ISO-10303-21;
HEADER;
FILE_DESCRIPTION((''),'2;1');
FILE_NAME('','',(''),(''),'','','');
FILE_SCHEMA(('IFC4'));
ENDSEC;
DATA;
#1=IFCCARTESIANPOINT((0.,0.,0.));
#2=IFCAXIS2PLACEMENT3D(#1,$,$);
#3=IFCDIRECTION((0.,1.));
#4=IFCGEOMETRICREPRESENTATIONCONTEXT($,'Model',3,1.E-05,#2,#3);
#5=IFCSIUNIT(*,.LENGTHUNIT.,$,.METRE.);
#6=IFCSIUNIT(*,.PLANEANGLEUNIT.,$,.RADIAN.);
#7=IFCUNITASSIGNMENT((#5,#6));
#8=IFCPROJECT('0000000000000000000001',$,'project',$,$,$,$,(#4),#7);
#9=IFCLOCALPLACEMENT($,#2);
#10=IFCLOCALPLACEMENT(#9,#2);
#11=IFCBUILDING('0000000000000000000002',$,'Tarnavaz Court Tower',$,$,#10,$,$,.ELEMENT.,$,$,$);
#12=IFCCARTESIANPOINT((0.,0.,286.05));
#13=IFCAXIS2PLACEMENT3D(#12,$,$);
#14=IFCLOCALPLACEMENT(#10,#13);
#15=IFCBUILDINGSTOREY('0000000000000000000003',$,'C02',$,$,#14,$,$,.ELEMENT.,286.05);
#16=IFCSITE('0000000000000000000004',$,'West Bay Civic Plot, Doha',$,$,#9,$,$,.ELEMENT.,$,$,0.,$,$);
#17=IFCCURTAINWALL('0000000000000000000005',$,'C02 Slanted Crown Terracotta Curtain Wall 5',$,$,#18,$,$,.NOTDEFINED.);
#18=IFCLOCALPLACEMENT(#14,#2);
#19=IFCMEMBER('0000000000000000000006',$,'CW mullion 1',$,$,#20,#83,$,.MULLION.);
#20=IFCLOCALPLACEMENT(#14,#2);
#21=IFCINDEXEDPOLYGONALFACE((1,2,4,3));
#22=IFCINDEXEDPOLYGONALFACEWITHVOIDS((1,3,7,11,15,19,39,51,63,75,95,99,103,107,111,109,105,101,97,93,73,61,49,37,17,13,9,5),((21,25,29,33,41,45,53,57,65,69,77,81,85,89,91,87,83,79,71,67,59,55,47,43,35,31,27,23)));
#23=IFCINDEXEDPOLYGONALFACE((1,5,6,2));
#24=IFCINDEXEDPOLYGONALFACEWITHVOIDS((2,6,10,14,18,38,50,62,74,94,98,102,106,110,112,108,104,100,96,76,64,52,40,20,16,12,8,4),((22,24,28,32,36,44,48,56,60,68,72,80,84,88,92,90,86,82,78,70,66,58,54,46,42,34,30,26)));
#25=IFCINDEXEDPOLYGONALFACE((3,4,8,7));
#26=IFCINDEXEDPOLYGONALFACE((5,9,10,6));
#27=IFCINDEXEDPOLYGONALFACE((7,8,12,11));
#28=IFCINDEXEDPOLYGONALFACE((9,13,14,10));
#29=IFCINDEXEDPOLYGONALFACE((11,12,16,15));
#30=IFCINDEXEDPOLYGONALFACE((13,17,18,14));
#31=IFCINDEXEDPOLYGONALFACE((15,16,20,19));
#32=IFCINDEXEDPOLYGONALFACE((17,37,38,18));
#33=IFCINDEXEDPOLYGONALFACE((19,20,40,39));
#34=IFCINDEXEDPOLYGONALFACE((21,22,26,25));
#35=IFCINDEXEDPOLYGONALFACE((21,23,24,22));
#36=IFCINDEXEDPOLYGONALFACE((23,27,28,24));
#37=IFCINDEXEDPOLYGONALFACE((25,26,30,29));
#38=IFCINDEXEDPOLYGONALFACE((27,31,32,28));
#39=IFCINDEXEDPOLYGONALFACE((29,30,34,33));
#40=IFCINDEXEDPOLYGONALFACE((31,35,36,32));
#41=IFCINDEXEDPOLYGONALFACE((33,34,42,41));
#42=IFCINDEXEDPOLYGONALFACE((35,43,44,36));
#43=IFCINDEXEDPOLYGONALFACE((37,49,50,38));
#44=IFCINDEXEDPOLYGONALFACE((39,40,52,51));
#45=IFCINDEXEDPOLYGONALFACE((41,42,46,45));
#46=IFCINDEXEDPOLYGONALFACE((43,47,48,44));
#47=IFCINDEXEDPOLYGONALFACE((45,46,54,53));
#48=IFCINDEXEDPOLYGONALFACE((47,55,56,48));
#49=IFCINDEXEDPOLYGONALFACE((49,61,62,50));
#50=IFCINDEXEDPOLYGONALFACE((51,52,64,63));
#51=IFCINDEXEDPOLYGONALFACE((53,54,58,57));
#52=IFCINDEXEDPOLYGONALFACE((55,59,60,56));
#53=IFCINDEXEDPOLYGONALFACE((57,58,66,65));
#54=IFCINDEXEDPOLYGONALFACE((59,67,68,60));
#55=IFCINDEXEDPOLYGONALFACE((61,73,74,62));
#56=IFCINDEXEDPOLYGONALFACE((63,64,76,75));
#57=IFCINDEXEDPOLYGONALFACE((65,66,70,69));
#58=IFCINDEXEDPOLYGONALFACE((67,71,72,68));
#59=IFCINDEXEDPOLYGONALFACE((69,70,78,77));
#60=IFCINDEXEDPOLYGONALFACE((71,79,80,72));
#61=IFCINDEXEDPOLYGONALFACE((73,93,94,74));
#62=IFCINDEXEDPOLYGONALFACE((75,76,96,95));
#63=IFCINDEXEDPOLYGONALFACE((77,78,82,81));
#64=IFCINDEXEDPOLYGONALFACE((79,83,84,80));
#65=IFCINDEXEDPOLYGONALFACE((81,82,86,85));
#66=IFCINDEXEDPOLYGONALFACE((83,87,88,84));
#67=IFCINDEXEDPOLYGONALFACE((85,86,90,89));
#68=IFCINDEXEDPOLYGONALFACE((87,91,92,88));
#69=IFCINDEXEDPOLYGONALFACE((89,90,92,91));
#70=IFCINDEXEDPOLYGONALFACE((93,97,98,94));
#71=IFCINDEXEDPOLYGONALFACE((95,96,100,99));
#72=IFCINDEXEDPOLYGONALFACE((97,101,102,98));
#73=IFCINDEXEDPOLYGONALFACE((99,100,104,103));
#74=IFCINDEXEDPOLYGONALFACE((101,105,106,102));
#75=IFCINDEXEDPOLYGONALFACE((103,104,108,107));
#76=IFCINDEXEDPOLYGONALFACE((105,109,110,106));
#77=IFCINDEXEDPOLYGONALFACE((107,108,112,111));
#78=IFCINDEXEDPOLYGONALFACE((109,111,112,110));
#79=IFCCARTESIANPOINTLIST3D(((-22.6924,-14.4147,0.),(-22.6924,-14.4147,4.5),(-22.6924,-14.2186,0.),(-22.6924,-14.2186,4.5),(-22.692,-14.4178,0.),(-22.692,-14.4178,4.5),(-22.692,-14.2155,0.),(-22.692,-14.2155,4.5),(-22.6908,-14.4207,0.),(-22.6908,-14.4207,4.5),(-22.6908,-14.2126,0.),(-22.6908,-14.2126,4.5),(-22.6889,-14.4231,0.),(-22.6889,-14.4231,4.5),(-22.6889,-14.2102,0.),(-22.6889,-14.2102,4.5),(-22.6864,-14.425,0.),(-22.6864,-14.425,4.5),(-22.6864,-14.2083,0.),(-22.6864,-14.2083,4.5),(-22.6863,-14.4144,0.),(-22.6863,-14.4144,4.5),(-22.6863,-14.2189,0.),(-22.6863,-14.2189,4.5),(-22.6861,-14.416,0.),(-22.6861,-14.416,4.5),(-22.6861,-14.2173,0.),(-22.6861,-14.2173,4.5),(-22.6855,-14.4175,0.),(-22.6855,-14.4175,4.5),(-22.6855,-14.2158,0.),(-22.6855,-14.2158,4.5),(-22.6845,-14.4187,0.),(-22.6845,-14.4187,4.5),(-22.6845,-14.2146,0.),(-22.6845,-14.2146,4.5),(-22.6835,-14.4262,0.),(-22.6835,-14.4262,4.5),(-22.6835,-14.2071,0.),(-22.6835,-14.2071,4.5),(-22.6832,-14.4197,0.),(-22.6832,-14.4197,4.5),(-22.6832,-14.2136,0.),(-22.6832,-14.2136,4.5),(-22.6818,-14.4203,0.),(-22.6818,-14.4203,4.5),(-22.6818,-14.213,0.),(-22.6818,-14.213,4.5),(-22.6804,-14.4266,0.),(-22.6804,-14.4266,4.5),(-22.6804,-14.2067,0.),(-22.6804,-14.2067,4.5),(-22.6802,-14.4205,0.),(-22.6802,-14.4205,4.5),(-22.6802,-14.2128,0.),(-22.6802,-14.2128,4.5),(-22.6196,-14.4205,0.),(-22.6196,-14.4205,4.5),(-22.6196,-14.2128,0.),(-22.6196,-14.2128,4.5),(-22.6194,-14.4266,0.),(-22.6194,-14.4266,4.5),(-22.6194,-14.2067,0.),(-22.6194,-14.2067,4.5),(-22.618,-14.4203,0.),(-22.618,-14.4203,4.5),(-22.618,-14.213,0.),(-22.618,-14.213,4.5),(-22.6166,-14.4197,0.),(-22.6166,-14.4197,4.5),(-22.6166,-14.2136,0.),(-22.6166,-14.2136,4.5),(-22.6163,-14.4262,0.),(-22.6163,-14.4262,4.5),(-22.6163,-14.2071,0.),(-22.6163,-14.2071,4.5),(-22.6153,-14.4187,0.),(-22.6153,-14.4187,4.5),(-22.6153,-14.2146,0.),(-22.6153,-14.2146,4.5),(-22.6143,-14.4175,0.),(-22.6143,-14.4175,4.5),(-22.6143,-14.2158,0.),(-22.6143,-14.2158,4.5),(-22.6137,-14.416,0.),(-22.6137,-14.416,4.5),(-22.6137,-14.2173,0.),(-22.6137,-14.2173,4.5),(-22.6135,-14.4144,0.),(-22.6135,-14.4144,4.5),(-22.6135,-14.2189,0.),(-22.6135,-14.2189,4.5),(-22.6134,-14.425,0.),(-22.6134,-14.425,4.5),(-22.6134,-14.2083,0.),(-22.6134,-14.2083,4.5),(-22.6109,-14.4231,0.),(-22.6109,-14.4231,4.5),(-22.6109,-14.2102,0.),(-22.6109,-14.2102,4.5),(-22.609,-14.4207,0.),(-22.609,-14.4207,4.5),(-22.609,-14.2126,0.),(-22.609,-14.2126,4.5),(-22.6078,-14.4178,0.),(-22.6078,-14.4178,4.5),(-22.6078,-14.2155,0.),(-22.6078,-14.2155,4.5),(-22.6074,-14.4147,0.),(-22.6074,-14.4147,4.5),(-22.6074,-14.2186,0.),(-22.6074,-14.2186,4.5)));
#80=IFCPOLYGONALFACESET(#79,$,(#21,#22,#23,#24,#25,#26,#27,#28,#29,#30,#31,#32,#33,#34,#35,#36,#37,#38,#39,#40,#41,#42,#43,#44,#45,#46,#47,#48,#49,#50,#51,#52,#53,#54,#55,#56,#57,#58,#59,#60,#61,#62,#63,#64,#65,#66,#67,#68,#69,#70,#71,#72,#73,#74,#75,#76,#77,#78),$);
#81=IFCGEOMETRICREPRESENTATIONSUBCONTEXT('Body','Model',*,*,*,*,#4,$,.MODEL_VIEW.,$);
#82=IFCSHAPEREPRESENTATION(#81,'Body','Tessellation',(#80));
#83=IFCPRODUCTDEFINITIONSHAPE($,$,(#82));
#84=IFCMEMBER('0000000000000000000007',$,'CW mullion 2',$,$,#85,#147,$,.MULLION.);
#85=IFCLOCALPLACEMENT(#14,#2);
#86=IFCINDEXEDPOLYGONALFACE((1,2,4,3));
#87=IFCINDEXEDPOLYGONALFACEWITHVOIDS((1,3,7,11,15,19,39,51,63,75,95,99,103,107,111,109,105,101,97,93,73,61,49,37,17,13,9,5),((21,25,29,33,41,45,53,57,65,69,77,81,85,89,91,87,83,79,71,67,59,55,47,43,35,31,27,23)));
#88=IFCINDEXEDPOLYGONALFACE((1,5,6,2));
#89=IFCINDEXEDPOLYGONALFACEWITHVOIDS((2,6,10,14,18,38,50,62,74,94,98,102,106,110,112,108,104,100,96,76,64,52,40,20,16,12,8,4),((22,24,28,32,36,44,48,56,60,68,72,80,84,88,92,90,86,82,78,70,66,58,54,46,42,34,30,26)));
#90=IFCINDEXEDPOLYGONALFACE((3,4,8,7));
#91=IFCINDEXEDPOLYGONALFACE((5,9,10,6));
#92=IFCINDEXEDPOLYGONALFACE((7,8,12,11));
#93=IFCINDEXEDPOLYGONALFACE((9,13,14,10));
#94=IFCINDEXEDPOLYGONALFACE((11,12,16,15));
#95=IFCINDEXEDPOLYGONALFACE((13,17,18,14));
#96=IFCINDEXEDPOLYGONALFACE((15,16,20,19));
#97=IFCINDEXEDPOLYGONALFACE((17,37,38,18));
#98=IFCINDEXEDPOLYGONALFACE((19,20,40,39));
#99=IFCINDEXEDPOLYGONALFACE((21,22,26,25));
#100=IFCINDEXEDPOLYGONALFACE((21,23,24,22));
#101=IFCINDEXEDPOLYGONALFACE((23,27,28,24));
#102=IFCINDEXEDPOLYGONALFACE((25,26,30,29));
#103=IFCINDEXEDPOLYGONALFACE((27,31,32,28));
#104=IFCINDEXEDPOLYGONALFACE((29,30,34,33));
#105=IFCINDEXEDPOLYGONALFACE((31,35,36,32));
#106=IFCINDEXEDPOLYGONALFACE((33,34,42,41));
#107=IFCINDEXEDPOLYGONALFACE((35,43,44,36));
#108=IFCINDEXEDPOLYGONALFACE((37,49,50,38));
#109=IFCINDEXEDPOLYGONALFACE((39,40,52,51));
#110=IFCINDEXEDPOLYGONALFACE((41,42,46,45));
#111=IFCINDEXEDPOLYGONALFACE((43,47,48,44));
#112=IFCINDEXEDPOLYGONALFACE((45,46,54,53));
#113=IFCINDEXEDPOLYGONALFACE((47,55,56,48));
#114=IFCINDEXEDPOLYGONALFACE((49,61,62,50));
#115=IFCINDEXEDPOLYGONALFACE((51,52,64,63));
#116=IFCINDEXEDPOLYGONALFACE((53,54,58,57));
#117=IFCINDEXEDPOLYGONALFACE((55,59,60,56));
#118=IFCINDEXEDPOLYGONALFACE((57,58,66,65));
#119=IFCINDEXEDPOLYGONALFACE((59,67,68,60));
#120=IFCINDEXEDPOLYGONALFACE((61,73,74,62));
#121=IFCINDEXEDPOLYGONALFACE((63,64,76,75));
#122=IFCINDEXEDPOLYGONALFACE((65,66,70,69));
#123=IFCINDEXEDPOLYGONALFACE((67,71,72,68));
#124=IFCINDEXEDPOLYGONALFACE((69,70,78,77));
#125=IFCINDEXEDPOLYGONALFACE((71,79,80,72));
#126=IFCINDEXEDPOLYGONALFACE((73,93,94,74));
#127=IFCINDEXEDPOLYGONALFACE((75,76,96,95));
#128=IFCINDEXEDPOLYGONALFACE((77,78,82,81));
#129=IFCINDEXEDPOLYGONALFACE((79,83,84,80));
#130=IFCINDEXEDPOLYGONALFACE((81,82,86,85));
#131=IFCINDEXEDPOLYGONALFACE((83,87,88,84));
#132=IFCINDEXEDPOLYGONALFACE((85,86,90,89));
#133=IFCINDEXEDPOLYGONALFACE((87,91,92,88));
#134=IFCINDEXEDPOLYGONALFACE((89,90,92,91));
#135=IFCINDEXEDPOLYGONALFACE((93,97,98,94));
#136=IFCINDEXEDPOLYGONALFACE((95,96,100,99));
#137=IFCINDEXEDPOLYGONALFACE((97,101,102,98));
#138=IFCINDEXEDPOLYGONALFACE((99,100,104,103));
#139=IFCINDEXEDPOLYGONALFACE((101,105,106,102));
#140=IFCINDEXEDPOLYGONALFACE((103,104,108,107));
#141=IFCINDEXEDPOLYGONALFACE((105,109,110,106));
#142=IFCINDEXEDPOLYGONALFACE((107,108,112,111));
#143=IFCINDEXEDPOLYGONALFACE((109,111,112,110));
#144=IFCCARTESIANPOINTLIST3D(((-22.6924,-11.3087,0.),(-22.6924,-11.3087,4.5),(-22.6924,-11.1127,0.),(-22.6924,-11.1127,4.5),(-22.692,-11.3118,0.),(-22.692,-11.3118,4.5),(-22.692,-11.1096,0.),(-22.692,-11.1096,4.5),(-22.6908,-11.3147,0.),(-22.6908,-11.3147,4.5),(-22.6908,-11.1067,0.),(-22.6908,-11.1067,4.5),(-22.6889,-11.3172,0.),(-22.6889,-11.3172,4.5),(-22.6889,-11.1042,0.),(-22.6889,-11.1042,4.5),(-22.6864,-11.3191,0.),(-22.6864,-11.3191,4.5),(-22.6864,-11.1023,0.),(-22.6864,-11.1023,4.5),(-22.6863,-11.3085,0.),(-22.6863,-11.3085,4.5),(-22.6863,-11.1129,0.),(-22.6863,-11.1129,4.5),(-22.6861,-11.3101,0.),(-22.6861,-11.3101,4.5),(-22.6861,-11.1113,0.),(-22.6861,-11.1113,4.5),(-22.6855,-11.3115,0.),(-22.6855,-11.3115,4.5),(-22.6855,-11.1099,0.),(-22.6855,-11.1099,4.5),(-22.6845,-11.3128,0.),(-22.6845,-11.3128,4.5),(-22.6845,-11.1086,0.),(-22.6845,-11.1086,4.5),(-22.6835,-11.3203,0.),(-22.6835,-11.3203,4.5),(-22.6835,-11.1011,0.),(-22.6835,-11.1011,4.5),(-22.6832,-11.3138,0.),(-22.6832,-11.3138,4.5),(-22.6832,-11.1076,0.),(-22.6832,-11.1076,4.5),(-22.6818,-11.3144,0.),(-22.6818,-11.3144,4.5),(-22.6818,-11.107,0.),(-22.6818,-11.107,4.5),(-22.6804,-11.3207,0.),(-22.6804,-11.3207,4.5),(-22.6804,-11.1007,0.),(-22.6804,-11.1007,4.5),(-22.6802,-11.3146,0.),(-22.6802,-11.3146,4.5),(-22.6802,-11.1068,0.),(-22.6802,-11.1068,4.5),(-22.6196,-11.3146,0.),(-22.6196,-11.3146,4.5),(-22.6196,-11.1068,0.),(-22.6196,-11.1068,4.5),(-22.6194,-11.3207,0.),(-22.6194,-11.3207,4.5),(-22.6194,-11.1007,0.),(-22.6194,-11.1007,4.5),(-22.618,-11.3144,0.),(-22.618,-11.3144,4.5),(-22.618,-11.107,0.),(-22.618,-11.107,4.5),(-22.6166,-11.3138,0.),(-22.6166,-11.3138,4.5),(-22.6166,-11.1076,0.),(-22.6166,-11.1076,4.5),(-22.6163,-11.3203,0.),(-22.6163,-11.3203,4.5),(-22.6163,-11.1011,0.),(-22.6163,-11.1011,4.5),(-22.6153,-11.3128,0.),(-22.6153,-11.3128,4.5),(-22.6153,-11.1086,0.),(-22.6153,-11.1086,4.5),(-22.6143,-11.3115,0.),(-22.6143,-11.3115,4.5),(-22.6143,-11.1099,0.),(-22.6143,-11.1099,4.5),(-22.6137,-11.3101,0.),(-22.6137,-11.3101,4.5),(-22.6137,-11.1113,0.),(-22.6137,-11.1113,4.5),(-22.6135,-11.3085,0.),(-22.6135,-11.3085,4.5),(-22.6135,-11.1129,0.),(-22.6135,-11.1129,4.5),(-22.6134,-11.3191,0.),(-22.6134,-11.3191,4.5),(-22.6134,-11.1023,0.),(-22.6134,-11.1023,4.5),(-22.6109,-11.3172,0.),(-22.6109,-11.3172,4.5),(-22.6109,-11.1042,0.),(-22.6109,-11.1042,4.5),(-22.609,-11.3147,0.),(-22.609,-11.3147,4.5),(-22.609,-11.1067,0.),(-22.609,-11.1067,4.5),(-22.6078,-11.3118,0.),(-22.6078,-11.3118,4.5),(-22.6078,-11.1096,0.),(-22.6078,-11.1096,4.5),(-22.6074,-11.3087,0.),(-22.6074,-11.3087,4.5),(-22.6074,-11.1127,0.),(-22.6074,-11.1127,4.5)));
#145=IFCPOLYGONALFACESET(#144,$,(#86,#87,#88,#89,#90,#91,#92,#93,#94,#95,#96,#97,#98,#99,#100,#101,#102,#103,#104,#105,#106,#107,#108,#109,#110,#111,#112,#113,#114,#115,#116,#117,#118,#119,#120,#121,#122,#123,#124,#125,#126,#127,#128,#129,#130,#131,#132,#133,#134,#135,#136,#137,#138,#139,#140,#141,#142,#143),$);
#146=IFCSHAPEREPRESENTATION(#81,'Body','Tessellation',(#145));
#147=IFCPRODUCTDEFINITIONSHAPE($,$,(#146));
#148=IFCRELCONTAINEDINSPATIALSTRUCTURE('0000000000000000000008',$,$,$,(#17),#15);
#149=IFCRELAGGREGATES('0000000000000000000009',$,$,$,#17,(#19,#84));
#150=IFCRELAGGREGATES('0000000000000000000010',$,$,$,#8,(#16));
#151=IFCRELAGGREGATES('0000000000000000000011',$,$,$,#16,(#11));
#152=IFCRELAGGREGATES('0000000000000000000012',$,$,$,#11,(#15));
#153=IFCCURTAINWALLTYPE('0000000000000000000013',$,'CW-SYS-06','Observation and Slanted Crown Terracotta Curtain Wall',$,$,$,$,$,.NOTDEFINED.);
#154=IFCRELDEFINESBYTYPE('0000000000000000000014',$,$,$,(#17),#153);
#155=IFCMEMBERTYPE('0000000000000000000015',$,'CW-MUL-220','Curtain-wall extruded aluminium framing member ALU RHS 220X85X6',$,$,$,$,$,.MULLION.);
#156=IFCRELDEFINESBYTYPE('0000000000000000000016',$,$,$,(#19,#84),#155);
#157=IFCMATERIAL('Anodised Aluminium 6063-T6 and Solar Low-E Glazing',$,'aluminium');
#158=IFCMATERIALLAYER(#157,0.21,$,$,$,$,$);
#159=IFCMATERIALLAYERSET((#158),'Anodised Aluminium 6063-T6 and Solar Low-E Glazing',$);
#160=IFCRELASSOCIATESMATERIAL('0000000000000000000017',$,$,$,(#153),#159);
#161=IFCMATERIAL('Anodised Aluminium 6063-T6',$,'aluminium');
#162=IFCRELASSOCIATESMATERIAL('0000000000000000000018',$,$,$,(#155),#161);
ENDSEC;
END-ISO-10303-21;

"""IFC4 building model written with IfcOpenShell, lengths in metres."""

from ifc_helpers import new_model, si_unit, direction, frame, origin, origin_2d, place, context, subcontext, project, spatial, hollow_rectangle, extrude, material, layer, layer_set, material_profile, profile_set, type_object, element, aggregate, save


model = new_model("IFC4")

# Units and contexts
model_context = context("Model", 3, precision=1e-05, world=origin(), true_north=direction((0.0, 1.0)))
body_context = subcontext(model_context, "Body", "Model", "MODEL_VIEW")
ifc_project = project(units=[si_unit("LENGTHUNIT", "METRE"), si_unit("PLANEANGLEUNIT", "RADIAN")], contexts=[model_context])

# Site, building, storey
site_placement = place(None, origin())
site = spatial("IfcSite", under=ifc_project, at=site_placement, Name="West Bay Civic Plot, Doha", CompositionType="ELEMENT", RefElevation=0.0)
building_placement = place(site_placement, origin())
building = spatial("IfcBuilding", under=site, at=building_placement, Name="Tarnavaz Court Tower", CompositionType="ELEMENT")
storey_placement = place(building_placement, frame((0.0, 0.0, 286.05)))
storey = spatial("IfcBuildingStorey", under=building, at=storey_placement, Name="C02", CompositionType="ELEMENT", Elevation=286.05)

# Curtain wall, members
ifc_material_1 = material(Name="Anodised Aluminium 6063-T6 and Solar Low-E Glazing", Category="aluminium")
ifc_layer_1 = layer(ifc_material_1, 0.21)
ifc_layer_set_1 = layer_set([ifc_layer_1], Name="Anodised Aluminium 6063-T6 and Solar Low-E Glazing")
curtain_wall_type = type_object("IfcCurtainWallType", Name="CW-SYS-06", Description="Observation and Slanted Crown Terracotta Curtain Wall", PredefinedType="NOTDEFINED", material=ifc_layer_set_1)
curtain_wall_1_placement = place(storey_placement, origin())
curtain_wall_1 = element("IfcCurtainWall", 1, at=curtain_wall_1_placement, inside=storey, type_object=curtain_wall_type, Name="C02 Slanted Crown Terracotta Curtain Wall 5", PredefinedType="NOTDEFINED")
ifc_material_2 = material(Name="Anodised Aluminium 6063-T6", Category="aluminium")
ifc_material_profile_1 = material_profile(ifc_material_2, hollow_rectangle(XDim=0.085, YDim=0.22, WallThickness=0.0061, InnerFilletRadius=0.0061, OuterFilletRadius=0.012, at=origin_2d()), Name="ALU RHS 220X85X6")
ifc_profile_set_1 = profile_set([ifc_material_profile_1], Name="Anodised Aluminium 6063-T6")
member_type_1 = type_object("IfcMemberType", Name="CW-MUL-220", Description="Curtain-wall extruded aluminium framing member ALU RHS 220X85X6", PredefinedType="MULLION", material=ifc_profile_set_1)
member_1_placement = place(storey_placement, frame((-22.6499, -14.3167, 0.0), z_axis=(0.0, 0.0, 1.0), x_axis=(-1.0, 0.0, 0.0)))
member_1 = element("IfcMember", 2, at=member_1_placement, type_object=member_type_1, Name="CW mullion 1", PredefinedType="MULLION", context=body_context, shape_type="SweptSolid", body=[
    extrude(hollow_rectangle(XDim=0.085, YDim=0.22, WallThickness=0.0061, InnerFilletRadius=0.0061, OuterFilletRadius=0.012, at=origin_2d()), origin(), (0.0, 0.0, 1.0), 4.5),
])
member_2_placement = place(storey_placement, frame((-22.6499, -11.2107, 0.0), z_axis=(0.0, 0.0, 1.0), x_axis=(-1.0, 0.0, 0.0)))
member_2 = element("IfcMember", 3, at=member_2_placement, type_object=member_type_1, Name="CW mullion 2", PredefinedType="MULLION", context=body_context, shape_type="SweptSolid", body=[
    extrude(hollow_rectangle(XDim=0.085, YDim=0.22, WallThickness=0.0061, InnerFilletRadius=0.0061, OuterFilletRadius=0.012, at=origin_2d()), origin(), (0.0, 0.0, 1.0), 4.5),
])

aggregate(curtain_wall_1, [member_1, member_2])

save(model, "model.ifc")
